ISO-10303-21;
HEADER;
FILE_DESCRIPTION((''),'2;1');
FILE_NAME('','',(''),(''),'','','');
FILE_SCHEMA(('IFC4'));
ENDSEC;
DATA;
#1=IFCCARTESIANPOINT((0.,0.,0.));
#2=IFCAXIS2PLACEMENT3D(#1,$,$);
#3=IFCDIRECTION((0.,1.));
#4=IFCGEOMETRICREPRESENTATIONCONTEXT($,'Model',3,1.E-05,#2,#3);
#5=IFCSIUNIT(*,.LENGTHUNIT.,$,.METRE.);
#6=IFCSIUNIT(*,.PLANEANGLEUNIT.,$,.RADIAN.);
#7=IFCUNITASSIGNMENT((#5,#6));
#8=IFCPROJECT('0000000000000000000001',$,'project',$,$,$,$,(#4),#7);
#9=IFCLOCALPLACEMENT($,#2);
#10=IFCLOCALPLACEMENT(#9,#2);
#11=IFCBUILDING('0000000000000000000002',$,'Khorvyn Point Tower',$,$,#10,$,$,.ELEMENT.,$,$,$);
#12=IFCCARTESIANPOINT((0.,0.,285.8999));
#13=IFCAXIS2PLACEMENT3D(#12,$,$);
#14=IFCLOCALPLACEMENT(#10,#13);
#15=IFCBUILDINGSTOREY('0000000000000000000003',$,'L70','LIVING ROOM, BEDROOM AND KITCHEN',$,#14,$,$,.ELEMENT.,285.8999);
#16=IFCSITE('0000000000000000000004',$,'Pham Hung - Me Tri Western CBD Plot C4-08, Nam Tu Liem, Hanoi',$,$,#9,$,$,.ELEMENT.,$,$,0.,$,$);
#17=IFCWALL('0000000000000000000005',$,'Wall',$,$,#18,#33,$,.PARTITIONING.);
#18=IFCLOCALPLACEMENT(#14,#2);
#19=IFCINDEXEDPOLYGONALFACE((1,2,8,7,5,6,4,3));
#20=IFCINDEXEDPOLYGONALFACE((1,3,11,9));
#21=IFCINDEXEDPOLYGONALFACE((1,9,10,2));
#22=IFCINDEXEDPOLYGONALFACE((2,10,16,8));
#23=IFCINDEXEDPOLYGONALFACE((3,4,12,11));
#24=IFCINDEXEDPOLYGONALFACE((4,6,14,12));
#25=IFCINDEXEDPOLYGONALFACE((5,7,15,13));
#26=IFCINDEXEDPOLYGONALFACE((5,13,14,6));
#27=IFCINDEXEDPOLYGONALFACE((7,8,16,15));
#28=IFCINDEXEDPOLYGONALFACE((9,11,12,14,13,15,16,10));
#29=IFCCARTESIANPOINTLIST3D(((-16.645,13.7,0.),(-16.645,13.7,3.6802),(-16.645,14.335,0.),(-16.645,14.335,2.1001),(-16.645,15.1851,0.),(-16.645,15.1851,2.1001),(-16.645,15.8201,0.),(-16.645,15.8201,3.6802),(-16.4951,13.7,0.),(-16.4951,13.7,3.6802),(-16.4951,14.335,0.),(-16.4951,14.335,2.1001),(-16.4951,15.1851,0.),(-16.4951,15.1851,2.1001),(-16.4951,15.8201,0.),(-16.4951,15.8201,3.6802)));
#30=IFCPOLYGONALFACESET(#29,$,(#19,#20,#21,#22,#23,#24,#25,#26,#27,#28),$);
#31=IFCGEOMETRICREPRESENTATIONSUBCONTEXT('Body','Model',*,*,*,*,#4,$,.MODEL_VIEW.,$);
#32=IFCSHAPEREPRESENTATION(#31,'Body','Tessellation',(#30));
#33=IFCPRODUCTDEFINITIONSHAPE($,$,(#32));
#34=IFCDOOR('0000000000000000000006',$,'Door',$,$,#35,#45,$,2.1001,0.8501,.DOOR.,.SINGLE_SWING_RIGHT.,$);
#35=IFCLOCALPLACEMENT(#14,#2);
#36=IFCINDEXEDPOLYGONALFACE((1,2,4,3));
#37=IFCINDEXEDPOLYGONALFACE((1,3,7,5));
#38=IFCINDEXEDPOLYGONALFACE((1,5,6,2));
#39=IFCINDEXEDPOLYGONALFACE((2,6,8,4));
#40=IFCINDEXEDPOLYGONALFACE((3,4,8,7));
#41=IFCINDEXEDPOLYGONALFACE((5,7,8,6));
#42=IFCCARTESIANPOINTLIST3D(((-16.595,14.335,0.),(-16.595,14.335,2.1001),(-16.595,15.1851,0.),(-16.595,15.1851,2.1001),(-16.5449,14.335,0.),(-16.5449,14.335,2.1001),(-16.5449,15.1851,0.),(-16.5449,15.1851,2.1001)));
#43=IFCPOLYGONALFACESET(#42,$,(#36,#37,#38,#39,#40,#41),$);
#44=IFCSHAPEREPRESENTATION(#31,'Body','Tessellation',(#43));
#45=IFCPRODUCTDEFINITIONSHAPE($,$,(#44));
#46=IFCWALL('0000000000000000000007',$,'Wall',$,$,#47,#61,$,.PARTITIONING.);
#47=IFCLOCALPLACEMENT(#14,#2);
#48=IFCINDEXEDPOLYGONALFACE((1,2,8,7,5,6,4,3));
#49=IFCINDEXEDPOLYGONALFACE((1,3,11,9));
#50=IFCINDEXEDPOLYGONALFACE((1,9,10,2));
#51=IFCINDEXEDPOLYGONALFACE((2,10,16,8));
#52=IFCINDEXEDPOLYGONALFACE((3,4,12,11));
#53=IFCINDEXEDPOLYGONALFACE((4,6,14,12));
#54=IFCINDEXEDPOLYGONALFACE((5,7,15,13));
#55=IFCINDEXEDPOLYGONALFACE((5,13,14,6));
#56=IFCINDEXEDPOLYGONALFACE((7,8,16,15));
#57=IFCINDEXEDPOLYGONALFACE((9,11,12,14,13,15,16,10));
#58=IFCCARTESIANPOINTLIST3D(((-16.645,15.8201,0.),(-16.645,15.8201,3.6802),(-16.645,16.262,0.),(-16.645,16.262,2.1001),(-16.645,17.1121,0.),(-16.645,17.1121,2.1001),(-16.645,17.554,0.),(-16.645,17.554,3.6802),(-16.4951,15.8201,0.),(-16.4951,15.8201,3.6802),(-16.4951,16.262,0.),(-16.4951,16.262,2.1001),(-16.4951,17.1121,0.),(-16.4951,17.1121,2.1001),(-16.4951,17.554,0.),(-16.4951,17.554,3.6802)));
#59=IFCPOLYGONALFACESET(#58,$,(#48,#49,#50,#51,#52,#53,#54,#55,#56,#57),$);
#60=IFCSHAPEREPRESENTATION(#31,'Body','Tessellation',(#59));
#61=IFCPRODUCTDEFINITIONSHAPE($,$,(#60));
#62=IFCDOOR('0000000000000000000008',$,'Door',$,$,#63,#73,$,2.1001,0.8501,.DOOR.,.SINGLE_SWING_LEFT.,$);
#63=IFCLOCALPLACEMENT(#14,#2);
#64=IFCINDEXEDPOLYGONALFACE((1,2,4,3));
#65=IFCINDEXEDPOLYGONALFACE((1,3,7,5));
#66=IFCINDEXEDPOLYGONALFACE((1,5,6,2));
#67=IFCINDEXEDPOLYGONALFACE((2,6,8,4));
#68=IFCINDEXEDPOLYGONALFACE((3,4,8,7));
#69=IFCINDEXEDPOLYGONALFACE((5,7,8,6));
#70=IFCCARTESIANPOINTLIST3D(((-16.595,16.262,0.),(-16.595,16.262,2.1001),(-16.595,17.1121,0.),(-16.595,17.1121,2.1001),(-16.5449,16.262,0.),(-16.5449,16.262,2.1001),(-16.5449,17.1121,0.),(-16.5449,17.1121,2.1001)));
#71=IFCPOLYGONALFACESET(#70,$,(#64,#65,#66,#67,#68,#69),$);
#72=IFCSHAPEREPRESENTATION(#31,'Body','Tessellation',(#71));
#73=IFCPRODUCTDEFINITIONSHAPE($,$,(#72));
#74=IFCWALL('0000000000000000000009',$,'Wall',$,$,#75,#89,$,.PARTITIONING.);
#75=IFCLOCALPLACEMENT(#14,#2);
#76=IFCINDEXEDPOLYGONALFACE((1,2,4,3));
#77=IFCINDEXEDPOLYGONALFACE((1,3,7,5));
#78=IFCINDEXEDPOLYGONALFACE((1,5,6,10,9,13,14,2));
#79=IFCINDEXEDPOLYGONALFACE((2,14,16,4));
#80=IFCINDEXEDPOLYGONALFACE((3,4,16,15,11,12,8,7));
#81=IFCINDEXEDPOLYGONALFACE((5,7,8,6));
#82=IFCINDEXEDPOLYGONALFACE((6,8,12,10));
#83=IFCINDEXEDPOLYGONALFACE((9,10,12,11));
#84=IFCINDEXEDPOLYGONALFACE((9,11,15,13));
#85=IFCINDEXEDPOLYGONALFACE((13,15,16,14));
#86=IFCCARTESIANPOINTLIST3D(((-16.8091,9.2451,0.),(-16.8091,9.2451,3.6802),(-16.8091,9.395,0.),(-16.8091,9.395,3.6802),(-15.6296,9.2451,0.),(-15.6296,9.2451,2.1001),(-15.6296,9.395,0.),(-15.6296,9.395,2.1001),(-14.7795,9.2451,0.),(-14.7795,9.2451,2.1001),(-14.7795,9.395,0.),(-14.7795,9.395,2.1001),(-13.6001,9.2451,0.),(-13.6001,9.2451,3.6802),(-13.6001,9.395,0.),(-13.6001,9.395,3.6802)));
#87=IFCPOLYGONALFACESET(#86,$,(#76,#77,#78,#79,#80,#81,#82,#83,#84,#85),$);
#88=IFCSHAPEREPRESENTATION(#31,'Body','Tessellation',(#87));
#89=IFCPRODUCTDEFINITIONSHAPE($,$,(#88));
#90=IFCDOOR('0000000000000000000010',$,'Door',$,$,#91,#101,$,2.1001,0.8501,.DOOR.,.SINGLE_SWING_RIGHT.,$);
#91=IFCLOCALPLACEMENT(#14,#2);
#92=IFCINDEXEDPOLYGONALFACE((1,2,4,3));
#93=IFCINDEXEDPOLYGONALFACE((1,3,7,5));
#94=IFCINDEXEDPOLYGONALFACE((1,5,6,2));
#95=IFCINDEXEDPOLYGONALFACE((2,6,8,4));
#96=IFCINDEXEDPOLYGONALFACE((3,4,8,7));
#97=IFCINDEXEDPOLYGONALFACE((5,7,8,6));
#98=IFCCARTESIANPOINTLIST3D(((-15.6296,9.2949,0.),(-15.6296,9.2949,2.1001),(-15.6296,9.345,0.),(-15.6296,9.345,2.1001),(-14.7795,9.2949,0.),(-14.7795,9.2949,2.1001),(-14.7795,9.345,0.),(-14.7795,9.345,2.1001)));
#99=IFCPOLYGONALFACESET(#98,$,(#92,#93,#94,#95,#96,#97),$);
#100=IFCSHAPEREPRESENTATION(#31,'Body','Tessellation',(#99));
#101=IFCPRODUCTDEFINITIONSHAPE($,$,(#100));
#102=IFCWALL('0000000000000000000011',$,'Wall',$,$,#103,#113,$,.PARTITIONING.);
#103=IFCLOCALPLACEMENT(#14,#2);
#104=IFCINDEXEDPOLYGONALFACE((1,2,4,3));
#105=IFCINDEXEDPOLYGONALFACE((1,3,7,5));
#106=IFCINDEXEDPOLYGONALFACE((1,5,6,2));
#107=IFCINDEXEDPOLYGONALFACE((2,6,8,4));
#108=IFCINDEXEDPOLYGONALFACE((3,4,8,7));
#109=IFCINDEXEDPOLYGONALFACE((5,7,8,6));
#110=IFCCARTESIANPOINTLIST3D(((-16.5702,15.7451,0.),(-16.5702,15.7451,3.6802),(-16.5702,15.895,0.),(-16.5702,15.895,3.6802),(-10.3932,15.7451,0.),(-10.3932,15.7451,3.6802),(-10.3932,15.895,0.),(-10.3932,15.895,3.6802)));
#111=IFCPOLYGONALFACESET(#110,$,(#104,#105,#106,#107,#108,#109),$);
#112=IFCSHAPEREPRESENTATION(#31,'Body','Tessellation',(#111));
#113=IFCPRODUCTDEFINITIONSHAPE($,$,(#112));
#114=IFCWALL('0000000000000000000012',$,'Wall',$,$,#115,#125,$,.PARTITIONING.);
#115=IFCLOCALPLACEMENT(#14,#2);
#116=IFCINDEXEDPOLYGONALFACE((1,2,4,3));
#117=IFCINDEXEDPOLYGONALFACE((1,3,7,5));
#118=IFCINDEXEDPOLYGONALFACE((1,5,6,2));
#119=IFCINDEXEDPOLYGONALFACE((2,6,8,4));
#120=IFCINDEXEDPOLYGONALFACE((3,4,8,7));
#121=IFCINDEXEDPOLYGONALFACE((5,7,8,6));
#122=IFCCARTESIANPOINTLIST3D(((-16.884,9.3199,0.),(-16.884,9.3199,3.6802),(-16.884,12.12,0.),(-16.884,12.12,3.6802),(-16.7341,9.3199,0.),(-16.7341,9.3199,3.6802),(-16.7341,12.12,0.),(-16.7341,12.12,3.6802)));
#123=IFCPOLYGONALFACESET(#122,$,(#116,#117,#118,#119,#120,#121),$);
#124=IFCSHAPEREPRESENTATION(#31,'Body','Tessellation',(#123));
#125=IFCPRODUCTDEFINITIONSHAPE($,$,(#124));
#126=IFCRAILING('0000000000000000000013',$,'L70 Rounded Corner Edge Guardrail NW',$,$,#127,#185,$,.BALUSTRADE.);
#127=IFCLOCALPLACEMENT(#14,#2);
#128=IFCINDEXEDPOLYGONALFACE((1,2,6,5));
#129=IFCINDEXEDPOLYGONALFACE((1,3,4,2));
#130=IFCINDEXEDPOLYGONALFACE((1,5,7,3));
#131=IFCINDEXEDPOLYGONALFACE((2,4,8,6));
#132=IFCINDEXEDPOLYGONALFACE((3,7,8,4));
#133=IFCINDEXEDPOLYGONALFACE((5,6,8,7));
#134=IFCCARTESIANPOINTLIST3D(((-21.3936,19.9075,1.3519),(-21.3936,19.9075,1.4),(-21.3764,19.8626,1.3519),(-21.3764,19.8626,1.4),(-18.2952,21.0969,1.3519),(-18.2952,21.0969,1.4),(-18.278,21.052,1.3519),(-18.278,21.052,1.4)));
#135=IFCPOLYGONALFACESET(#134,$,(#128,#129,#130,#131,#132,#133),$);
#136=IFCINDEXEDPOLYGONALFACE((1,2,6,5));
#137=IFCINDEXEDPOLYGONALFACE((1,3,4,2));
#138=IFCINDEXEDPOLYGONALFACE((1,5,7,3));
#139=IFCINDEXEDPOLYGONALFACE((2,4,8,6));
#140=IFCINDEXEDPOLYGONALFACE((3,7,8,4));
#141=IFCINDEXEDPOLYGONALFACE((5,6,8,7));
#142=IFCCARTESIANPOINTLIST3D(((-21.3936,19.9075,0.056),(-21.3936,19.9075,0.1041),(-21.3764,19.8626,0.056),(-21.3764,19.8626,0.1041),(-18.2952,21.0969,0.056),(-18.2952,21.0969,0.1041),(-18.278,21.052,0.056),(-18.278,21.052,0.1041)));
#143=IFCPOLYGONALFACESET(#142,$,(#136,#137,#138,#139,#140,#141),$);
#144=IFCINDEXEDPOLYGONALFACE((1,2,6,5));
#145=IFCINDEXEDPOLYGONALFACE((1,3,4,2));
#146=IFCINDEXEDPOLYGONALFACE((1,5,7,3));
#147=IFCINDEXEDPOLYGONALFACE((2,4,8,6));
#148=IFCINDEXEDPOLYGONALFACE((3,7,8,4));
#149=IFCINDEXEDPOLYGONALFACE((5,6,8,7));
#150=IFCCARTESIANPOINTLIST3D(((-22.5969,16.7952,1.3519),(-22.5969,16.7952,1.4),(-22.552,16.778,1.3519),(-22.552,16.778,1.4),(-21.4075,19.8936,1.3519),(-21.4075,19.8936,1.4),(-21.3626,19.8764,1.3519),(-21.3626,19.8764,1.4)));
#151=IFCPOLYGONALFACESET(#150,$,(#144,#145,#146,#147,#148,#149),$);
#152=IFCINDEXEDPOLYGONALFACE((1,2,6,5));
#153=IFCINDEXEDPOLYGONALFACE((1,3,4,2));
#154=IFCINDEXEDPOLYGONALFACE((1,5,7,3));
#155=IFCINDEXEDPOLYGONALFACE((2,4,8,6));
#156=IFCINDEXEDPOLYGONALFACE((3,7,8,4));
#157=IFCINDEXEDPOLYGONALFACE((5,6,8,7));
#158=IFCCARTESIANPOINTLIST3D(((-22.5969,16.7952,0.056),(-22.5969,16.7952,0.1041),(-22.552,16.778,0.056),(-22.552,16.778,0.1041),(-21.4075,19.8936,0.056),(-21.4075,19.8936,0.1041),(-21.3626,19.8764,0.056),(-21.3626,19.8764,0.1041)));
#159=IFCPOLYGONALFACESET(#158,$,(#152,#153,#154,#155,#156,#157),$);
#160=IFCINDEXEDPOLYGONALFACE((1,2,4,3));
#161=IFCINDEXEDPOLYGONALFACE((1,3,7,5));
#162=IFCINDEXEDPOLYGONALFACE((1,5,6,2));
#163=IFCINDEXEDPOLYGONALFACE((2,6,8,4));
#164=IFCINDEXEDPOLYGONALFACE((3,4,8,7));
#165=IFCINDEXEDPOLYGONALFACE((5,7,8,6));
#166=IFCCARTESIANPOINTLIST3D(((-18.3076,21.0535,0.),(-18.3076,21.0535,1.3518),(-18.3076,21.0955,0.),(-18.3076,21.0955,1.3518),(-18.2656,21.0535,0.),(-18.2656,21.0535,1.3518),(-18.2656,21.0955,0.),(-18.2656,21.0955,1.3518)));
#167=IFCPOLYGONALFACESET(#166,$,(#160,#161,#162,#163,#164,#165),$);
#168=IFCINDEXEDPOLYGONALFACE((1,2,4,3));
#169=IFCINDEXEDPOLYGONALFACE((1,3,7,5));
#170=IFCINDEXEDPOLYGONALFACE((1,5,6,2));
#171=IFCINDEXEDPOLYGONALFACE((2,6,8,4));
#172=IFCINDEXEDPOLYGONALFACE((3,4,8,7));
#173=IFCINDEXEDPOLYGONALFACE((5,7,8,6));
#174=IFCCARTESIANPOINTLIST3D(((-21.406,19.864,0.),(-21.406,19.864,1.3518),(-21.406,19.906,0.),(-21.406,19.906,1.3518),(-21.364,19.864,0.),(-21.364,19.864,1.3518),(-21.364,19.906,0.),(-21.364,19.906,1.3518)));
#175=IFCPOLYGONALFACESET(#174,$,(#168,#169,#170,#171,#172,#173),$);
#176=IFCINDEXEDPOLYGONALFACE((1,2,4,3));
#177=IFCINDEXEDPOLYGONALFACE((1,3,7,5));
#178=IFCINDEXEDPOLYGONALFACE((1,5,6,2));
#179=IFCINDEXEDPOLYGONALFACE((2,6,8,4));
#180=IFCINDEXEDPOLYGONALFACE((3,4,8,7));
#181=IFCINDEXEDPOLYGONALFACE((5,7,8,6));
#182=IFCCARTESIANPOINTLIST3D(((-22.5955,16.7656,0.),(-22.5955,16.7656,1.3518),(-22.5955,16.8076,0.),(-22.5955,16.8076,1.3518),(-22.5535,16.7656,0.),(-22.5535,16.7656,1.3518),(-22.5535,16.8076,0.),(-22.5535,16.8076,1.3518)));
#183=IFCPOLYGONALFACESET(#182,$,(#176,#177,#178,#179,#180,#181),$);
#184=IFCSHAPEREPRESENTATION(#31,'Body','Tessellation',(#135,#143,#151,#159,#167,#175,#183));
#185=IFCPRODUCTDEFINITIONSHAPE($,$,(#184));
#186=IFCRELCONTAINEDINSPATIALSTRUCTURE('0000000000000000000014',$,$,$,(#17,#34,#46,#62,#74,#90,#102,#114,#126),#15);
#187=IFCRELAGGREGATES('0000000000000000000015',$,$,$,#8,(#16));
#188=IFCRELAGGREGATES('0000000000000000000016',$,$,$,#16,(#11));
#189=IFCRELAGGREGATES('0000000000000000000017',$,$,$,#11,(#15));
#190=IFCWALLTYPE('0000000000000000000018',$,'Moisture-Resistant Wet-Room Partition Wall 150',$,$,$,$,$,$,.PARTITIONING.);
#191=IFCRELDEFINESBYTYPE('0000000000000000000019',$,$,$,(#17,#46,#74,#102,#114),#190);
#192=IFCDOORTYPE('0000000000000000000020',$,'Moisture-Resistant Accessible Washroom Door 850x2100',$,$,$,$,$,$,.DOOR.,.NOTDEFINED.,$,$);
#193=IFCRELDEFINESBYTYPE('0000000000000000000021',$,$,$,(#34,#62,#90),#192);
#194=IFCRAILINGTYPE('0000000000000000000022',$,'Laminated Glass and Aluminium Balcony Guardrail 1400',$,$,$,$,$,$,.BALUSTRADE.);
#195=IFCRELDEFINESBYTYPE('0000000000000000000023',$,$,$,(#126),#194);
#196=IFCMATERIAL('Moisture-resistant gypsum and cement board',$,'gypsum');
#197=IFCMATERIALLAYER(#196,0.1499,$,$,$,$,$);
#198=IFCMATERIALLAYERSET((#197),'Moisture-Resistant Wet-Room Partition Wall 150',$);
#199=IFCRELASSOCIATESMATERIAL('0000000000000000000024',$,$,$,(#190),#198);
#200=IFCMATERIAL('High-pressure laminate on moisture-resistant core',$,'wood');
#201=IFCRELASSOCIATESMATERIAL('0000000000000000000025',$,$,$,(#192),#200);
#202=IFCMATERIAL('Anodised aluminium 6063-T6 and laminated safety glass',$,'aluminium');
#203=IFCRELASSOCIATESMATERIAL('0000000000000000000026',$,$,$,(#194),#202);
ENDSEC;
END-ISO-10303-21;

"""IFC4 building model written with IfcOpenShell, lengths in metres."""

from ifc_helpers import new_model, si_unit, direction, frame, frame_2d, origin, origin_2d, place, context, subcontext, project, spatial, rectangle, extrude, material, layer, layer_set, type_object, element, fill, save


model = new_model("IFC4")

# Units and contexts
model_context = context("Model", 3, precision=1e-05, world=origin(), true_north=direction((0.0, 1.0)))
body_context = subcontext(model_context, "Body", "Model", "MODEL_VIEW")
ifc_project = project(units=[si_unit("LENGTHUNIT", "METRE"), si_unit("PLANEANGLEUNIT", "RADIAN")], contexts=[model_context])

# Site, building, storey
site_placement = place(None, origin())
site = spatial("IfcSite", under=ifc_project, at=site_placement, Name="Pham Hung - Me Tri Western CBD Plot C4-08, Nam Tu Liem, Hanoi", CompositionType="ELEMENT", RefElevation=0.0)
building_placement = place(site_placement, origin())
building = spatial("IfcBuilding", under=site, at=building_placement, Name="Khorvyn Point Tower", CompositionType="ELEMENT")
storey_placement = place(building_placement, frame((0.0, 0.0, 285.8999)))
storey = spatial("IfcBuildingStorey", under=building, at=storey_placement, Name="L70", Description="LIVING ROOM, BEDROOM AND KITCHEN", CompositionType="ELEMENT", Elevation=285.8999)

# Walls, openings, doors
ifc_material_1 = material(Name="Moisture-resistant gypsum and cement board", Category="gypsum")
ifc_layer_1 = layer(ifc_material_1, 0.1499)
ifc_layer_set_1 = layer_set([ifc_layer_1], Name="Moisture-Resistant Wet-Room Partition Wall 150")
wall_type_1 = type_object("IfcWallType", Name="Moisture-Resistant Wet-Room Partition Wall 150", PredefinedType="PARTITIONING", material=ifc_layer_set_1)
wall_1_placement = place(storey_placement, frame((-16.5701, 13.7, 0.0), z_axis=(0.0, 0.0, 1.0), x_axis=(0.0, 1.0, 0.0)))
wall_1 = element("IfcWall", 1, at=wall_1_placement, inside=storey, type_object=wall_type_1, Name="Wall", PredefinedType="PARTITIONING", context=body_context, shape_type="SweptSolid", body=[
    extrude(rectangle(XDim=2.1201, YDim=0.1499, at=frame_2d((1.0601, 0.0))), origin(), (0.0, 0.0, 1.0), 3.6802),
])
opening_1_placement = place(wall_1_placement, frame((0.635, 0.0, 0.0)))
opening_1 = element("IfcOpeningElement", 2, at=opening_1_placement, cuts=wall_1, PredefinedType="OPENING", context=body_context, shape_type="SweptSolid", body=[
    extrude(rectangle(XDim=0.8501, YDim=2.1001, at=frame_2d((0.425, 1.05))), frame((0.0, 0.085, 0.0), z_axis=(0.0, -1.0, 0.0), x_axis=(1.0, 0.0, 0.0)), (0.0, 0.0, 1.0), 0.1699),
])
ifc_material_2 = material(Name="High-pressure laminate on moisture-resistant core", Category="wood")
door_type_1 = type_object("IfcDoorType", Name="Moisture-Resistant Accessible Washroom Door 850x2100", OperationType="NOTDEFINED", PredefinedType="DOOR", material=ifc_material_2)
door_1_placement = place(opening_1_placement, origin())
door_1 = element("IfcDoor", 3, at=door_1_placement, inside=storey, type_object=door_type_1, Name="Door", OperationType="SINGLE_SWING_RIGHT", OverallHeight=2.1001, OverallWidth=0.8501, PredefinedType="DOOR", context=body_context, shape_type="SweptSolid", body=[
    extrude(rectangle(XDim=0.8501, YDim=2.1001, at=frame_2d((0.425, 1.05))), frame((0.0, 0.0249, 0.0), z_axis=(0.0, -1.0, 0.0), x_axis=(1.0, 0.0, 0.0)), (0.0, 0.0, 1.0), 0.05),
])
fill(opening_1, door_1)
wall_2_placement = place(storey_placement, frame((-16.5701, 15.8201, 0.0), z_axis=(0.0, 0.0, 1.0), x_axis=(0.0, 1.0, 0.0)))
wall_2 = element("IfcWall", 4, at=wall_2_placement, inside=storey, type_object=wall_type_1, Name="Wall", PredefinedType="PARTITIONING", context=body_context, shape_type="SweptSolid", body=[
    extrude(rectangle(XDim=1.7339, YDim=0.1499, at=frame_2d((0.8669, 0.0))), origin(), (0.0, 0.0, 1.0), 3.6802),
])
opening_2_placement = place(wall_2_placement, frame((0.4419, 0.0, 0.0)))
opening_2 = element("IfcOpeningElement", 5, at=opening_2_placement, cuts=wall_2, PredefinedType="OPENING", context=body_context, shape_type="SweptSolid", body=[
    extrude(rectangle(XDim=0.8501, YDim=2.1001, at=frame_2d((0.425, 1.05))), frame((0.0, 0.085, 0.0), z_axis=(0.0, -1.0, 0.0), x_axis=(1.0, 0.0, 0.0)), (0.0, 0.0, 1.0), 0.1699),
])
door_2_placement = place(opening_2_placement, origin())
door_2 = element("IfcDoor", 6, at=door_2_placement, inside=storey, type_object=door_type_1, Name="Door", OperationType="SINGLE_SWING_LEFT", OverallHeight=2.1001, OverallWidth=0.8501, PredefinedType="DOOR", context=body_context, shape_type="SweptSolid", body=[
    extrude(rectangle(XDim=0.8501, YDim=2.1001, at=frame_2d((0.425, 1.05))), frame((0.0, 0.0249, 0.0), z_axis=(0.0, -1.0, 0.0), x_axis=(1.0, 0.0, 0.0)), (0.0, 0.0, 1.0), 0.05),
])
fill(opening_2, door_2)
wall_3_placement = place(storey_placement, frame((-16.8091, 9.3201, 0.0), z_axis=(0.0, 0.0, 1.0), x_axis=(1.0, 0.0, 0.0)))
wall_3 = element("IfcWall", 7, at=wall_3_placement, inside=storey, type_object=wall_type_1, Name="Wall", PredefinedType="PARTITIONING", context=body_context, shape_type="SweptSolid", body=[
    extrude(rectangle(XDim=3.209, YDim=0.1499, at=frame_2d((1.6045, 0.0))), origin(), (0.0, 0.0, 1.0), 3.6802),
])
opening_3_placement = place(wall_3_placement, frame((1.1794, 0.0, 0.0)))
opening_3 = element("IfcOpeningElement", 8, at=opening_3_placement, cuts=wall_3, PredefinedType="OPENING", context=body_context, shape_type="SweptSolid", body=[
    extrude(rectangle(XDim=0.8501, YDim=2.1001, at=frame_2d((0.425, 1.05))), frame((0.0, 0.085, 0.0), z_axis=(0.0, -1.0, 0.0), x_axis=(1.0, 0.0, 0.0)), (0.0, 0.0, 1.0), 0.1699),
])
door_3_placement = place(opening_3_placement, origin())
door_3 = element("IfcDoor", 9, at=door_3_placement, inside=storey, type_object=door_type_1, Name="Door", OperationType="SINGLE_SWING_RIGHT", OverallHeight=2.1001, OverallWidth=0.8501, PredefinedType="DOOR", context=body_context, shape_type="SweptSolid", body=[
    extrude(rectangle(XDim=0.8501, YDim=2.1001, at=frame_2d((0.425, 1.05))), frame((0.0, 0.0249, 0.0), z_axis=(0.0, -1.0, 0.0), x_axis=(1.0, 0.0, 0.0)), (0.0, 0.0, 1.0), 0.05),
])
fill(opening_3, door_3)

# Walls
wall_4_placement = place(storey_placement, frame((-16.5701, 15.8201, 0.0), z_axis=(0.0, 0.0, 1.0), x_axis=(1.0, 0.0, 0.0)))
element("IfcWall", 10, at=wall_4_placement, inside=storey, type_object=wall_type_1, Name="Wall", PredefinedType="PARTITIONING", context=body_context, shape_type="SweptSolid", body=[
    extrude(rectangle(XDim=6.177, YDim=0.1499, at=frame_2d((3.0884, 0.0))), origin(), (0.0, 0.0, 1.0), 3.6802),
])
wall_5_placement = place(storey_placement, frame((-16.8091, 9.3201, 0.0), z_axis=(0.0, 0.0, 1.0), x_axis=(0.0, 1.0, 0.0)))
element("IfcWall", 11, at=wall_5_placement, inside=storey, type_object=wall_type_1, Name="Wall", PredefinedType="PARTITIONING", context=body_context, shape_type="SweptSolid", body=[
    extrude(rectangle(XDim=2.8, YDim=0.1499, at=frame_2d((1.3999, 0.0))), origin(), (0.0, 0.0, 1.0), 3.6802),
])

# Railing
ifc_material_3 = material(Name="Anodised aluminium 6063-T6 and laminated safety glass", Category="aluminium")
railing_type = type_object("IfcRailingType", Name="Laminated Glass and Aluminium Balcony Guardrail 1400", PredefinedType="BALUSTRADE", material=ifc_material_3)
railing_placement = place(storey_placement, frame((-18.2866, 21.0745, 0.0)))
element("IfcRailing", 12, at=railing_placement, inside=storey, type_object=railing_type, Name="L70 Rounded Corner Edge Guardrail NW", PredefinedType="BALUSTRADE", context=body_context, shape_type="SweptSolid", body=[
    extrude(rectangle(XDim=0.0481, YDim=0.0481, at=origin_2d()), frame((0.0, 0.0, 1.376), z_axis=(-0.933571, -0.358392, 0.0), x_axis=(0.358392, -0.933571, 0.0)), (0.0, 0.0, 1.0), 3.3188),
    extrude(rectangle(XDim=0.0481, YDim=0.0481, at=origin_2d()), frame((0.0, 0.0, 0.0801), z_axis=(-0.933571, -0.358392, 0.0), x_axis=(0.358392, -0.933571, 0.0)), (0.0, 0.0, 1.0), 3.3188),
    extrude(rectangle(XDim=0.0481, YDim=0.0481, at=origin_2d()), frame((-3.0984, -1.1895, 1.376), z_axis=(-0.358392, -0.933571, 0.0), x_axis=(0.933571, -0.358392, 0.0)), (0.0, 0.0, 1.0), 3.3188),
    extrude(rectangle(XDim=0.0481, YDim=0.0481, at=origin_2d()), frame((-3.0984, -1.1895, 0.0801), z_axis=(-0.358392, -0.933571, 0.0), x_axis=(0.933571, -0.358392, 0.0)), (0.0, 0.0, 1.0), 3.3188),
    extrude(rectangle(XDim=0.042, YDim=0.042, at=origin_2d()), origin(), (0.0, 0.0, 1.0), 1.3518),
    extrude(rectangle(XDim=0.042, YDim=0.042, at=origin_2d()), frame((-3.0984, -1.1895, 0.0)), (0.0, 0.0, 1.0), 1.3518),
    extrude(rectangle(XDim=0.042, YDim=0.042, at=origin_2d()), frame((-4.2878, -4.2878, 0.0)), (0.0, 0.0, 1.0), 1.3518),
])

save(model, "model.ifc")
